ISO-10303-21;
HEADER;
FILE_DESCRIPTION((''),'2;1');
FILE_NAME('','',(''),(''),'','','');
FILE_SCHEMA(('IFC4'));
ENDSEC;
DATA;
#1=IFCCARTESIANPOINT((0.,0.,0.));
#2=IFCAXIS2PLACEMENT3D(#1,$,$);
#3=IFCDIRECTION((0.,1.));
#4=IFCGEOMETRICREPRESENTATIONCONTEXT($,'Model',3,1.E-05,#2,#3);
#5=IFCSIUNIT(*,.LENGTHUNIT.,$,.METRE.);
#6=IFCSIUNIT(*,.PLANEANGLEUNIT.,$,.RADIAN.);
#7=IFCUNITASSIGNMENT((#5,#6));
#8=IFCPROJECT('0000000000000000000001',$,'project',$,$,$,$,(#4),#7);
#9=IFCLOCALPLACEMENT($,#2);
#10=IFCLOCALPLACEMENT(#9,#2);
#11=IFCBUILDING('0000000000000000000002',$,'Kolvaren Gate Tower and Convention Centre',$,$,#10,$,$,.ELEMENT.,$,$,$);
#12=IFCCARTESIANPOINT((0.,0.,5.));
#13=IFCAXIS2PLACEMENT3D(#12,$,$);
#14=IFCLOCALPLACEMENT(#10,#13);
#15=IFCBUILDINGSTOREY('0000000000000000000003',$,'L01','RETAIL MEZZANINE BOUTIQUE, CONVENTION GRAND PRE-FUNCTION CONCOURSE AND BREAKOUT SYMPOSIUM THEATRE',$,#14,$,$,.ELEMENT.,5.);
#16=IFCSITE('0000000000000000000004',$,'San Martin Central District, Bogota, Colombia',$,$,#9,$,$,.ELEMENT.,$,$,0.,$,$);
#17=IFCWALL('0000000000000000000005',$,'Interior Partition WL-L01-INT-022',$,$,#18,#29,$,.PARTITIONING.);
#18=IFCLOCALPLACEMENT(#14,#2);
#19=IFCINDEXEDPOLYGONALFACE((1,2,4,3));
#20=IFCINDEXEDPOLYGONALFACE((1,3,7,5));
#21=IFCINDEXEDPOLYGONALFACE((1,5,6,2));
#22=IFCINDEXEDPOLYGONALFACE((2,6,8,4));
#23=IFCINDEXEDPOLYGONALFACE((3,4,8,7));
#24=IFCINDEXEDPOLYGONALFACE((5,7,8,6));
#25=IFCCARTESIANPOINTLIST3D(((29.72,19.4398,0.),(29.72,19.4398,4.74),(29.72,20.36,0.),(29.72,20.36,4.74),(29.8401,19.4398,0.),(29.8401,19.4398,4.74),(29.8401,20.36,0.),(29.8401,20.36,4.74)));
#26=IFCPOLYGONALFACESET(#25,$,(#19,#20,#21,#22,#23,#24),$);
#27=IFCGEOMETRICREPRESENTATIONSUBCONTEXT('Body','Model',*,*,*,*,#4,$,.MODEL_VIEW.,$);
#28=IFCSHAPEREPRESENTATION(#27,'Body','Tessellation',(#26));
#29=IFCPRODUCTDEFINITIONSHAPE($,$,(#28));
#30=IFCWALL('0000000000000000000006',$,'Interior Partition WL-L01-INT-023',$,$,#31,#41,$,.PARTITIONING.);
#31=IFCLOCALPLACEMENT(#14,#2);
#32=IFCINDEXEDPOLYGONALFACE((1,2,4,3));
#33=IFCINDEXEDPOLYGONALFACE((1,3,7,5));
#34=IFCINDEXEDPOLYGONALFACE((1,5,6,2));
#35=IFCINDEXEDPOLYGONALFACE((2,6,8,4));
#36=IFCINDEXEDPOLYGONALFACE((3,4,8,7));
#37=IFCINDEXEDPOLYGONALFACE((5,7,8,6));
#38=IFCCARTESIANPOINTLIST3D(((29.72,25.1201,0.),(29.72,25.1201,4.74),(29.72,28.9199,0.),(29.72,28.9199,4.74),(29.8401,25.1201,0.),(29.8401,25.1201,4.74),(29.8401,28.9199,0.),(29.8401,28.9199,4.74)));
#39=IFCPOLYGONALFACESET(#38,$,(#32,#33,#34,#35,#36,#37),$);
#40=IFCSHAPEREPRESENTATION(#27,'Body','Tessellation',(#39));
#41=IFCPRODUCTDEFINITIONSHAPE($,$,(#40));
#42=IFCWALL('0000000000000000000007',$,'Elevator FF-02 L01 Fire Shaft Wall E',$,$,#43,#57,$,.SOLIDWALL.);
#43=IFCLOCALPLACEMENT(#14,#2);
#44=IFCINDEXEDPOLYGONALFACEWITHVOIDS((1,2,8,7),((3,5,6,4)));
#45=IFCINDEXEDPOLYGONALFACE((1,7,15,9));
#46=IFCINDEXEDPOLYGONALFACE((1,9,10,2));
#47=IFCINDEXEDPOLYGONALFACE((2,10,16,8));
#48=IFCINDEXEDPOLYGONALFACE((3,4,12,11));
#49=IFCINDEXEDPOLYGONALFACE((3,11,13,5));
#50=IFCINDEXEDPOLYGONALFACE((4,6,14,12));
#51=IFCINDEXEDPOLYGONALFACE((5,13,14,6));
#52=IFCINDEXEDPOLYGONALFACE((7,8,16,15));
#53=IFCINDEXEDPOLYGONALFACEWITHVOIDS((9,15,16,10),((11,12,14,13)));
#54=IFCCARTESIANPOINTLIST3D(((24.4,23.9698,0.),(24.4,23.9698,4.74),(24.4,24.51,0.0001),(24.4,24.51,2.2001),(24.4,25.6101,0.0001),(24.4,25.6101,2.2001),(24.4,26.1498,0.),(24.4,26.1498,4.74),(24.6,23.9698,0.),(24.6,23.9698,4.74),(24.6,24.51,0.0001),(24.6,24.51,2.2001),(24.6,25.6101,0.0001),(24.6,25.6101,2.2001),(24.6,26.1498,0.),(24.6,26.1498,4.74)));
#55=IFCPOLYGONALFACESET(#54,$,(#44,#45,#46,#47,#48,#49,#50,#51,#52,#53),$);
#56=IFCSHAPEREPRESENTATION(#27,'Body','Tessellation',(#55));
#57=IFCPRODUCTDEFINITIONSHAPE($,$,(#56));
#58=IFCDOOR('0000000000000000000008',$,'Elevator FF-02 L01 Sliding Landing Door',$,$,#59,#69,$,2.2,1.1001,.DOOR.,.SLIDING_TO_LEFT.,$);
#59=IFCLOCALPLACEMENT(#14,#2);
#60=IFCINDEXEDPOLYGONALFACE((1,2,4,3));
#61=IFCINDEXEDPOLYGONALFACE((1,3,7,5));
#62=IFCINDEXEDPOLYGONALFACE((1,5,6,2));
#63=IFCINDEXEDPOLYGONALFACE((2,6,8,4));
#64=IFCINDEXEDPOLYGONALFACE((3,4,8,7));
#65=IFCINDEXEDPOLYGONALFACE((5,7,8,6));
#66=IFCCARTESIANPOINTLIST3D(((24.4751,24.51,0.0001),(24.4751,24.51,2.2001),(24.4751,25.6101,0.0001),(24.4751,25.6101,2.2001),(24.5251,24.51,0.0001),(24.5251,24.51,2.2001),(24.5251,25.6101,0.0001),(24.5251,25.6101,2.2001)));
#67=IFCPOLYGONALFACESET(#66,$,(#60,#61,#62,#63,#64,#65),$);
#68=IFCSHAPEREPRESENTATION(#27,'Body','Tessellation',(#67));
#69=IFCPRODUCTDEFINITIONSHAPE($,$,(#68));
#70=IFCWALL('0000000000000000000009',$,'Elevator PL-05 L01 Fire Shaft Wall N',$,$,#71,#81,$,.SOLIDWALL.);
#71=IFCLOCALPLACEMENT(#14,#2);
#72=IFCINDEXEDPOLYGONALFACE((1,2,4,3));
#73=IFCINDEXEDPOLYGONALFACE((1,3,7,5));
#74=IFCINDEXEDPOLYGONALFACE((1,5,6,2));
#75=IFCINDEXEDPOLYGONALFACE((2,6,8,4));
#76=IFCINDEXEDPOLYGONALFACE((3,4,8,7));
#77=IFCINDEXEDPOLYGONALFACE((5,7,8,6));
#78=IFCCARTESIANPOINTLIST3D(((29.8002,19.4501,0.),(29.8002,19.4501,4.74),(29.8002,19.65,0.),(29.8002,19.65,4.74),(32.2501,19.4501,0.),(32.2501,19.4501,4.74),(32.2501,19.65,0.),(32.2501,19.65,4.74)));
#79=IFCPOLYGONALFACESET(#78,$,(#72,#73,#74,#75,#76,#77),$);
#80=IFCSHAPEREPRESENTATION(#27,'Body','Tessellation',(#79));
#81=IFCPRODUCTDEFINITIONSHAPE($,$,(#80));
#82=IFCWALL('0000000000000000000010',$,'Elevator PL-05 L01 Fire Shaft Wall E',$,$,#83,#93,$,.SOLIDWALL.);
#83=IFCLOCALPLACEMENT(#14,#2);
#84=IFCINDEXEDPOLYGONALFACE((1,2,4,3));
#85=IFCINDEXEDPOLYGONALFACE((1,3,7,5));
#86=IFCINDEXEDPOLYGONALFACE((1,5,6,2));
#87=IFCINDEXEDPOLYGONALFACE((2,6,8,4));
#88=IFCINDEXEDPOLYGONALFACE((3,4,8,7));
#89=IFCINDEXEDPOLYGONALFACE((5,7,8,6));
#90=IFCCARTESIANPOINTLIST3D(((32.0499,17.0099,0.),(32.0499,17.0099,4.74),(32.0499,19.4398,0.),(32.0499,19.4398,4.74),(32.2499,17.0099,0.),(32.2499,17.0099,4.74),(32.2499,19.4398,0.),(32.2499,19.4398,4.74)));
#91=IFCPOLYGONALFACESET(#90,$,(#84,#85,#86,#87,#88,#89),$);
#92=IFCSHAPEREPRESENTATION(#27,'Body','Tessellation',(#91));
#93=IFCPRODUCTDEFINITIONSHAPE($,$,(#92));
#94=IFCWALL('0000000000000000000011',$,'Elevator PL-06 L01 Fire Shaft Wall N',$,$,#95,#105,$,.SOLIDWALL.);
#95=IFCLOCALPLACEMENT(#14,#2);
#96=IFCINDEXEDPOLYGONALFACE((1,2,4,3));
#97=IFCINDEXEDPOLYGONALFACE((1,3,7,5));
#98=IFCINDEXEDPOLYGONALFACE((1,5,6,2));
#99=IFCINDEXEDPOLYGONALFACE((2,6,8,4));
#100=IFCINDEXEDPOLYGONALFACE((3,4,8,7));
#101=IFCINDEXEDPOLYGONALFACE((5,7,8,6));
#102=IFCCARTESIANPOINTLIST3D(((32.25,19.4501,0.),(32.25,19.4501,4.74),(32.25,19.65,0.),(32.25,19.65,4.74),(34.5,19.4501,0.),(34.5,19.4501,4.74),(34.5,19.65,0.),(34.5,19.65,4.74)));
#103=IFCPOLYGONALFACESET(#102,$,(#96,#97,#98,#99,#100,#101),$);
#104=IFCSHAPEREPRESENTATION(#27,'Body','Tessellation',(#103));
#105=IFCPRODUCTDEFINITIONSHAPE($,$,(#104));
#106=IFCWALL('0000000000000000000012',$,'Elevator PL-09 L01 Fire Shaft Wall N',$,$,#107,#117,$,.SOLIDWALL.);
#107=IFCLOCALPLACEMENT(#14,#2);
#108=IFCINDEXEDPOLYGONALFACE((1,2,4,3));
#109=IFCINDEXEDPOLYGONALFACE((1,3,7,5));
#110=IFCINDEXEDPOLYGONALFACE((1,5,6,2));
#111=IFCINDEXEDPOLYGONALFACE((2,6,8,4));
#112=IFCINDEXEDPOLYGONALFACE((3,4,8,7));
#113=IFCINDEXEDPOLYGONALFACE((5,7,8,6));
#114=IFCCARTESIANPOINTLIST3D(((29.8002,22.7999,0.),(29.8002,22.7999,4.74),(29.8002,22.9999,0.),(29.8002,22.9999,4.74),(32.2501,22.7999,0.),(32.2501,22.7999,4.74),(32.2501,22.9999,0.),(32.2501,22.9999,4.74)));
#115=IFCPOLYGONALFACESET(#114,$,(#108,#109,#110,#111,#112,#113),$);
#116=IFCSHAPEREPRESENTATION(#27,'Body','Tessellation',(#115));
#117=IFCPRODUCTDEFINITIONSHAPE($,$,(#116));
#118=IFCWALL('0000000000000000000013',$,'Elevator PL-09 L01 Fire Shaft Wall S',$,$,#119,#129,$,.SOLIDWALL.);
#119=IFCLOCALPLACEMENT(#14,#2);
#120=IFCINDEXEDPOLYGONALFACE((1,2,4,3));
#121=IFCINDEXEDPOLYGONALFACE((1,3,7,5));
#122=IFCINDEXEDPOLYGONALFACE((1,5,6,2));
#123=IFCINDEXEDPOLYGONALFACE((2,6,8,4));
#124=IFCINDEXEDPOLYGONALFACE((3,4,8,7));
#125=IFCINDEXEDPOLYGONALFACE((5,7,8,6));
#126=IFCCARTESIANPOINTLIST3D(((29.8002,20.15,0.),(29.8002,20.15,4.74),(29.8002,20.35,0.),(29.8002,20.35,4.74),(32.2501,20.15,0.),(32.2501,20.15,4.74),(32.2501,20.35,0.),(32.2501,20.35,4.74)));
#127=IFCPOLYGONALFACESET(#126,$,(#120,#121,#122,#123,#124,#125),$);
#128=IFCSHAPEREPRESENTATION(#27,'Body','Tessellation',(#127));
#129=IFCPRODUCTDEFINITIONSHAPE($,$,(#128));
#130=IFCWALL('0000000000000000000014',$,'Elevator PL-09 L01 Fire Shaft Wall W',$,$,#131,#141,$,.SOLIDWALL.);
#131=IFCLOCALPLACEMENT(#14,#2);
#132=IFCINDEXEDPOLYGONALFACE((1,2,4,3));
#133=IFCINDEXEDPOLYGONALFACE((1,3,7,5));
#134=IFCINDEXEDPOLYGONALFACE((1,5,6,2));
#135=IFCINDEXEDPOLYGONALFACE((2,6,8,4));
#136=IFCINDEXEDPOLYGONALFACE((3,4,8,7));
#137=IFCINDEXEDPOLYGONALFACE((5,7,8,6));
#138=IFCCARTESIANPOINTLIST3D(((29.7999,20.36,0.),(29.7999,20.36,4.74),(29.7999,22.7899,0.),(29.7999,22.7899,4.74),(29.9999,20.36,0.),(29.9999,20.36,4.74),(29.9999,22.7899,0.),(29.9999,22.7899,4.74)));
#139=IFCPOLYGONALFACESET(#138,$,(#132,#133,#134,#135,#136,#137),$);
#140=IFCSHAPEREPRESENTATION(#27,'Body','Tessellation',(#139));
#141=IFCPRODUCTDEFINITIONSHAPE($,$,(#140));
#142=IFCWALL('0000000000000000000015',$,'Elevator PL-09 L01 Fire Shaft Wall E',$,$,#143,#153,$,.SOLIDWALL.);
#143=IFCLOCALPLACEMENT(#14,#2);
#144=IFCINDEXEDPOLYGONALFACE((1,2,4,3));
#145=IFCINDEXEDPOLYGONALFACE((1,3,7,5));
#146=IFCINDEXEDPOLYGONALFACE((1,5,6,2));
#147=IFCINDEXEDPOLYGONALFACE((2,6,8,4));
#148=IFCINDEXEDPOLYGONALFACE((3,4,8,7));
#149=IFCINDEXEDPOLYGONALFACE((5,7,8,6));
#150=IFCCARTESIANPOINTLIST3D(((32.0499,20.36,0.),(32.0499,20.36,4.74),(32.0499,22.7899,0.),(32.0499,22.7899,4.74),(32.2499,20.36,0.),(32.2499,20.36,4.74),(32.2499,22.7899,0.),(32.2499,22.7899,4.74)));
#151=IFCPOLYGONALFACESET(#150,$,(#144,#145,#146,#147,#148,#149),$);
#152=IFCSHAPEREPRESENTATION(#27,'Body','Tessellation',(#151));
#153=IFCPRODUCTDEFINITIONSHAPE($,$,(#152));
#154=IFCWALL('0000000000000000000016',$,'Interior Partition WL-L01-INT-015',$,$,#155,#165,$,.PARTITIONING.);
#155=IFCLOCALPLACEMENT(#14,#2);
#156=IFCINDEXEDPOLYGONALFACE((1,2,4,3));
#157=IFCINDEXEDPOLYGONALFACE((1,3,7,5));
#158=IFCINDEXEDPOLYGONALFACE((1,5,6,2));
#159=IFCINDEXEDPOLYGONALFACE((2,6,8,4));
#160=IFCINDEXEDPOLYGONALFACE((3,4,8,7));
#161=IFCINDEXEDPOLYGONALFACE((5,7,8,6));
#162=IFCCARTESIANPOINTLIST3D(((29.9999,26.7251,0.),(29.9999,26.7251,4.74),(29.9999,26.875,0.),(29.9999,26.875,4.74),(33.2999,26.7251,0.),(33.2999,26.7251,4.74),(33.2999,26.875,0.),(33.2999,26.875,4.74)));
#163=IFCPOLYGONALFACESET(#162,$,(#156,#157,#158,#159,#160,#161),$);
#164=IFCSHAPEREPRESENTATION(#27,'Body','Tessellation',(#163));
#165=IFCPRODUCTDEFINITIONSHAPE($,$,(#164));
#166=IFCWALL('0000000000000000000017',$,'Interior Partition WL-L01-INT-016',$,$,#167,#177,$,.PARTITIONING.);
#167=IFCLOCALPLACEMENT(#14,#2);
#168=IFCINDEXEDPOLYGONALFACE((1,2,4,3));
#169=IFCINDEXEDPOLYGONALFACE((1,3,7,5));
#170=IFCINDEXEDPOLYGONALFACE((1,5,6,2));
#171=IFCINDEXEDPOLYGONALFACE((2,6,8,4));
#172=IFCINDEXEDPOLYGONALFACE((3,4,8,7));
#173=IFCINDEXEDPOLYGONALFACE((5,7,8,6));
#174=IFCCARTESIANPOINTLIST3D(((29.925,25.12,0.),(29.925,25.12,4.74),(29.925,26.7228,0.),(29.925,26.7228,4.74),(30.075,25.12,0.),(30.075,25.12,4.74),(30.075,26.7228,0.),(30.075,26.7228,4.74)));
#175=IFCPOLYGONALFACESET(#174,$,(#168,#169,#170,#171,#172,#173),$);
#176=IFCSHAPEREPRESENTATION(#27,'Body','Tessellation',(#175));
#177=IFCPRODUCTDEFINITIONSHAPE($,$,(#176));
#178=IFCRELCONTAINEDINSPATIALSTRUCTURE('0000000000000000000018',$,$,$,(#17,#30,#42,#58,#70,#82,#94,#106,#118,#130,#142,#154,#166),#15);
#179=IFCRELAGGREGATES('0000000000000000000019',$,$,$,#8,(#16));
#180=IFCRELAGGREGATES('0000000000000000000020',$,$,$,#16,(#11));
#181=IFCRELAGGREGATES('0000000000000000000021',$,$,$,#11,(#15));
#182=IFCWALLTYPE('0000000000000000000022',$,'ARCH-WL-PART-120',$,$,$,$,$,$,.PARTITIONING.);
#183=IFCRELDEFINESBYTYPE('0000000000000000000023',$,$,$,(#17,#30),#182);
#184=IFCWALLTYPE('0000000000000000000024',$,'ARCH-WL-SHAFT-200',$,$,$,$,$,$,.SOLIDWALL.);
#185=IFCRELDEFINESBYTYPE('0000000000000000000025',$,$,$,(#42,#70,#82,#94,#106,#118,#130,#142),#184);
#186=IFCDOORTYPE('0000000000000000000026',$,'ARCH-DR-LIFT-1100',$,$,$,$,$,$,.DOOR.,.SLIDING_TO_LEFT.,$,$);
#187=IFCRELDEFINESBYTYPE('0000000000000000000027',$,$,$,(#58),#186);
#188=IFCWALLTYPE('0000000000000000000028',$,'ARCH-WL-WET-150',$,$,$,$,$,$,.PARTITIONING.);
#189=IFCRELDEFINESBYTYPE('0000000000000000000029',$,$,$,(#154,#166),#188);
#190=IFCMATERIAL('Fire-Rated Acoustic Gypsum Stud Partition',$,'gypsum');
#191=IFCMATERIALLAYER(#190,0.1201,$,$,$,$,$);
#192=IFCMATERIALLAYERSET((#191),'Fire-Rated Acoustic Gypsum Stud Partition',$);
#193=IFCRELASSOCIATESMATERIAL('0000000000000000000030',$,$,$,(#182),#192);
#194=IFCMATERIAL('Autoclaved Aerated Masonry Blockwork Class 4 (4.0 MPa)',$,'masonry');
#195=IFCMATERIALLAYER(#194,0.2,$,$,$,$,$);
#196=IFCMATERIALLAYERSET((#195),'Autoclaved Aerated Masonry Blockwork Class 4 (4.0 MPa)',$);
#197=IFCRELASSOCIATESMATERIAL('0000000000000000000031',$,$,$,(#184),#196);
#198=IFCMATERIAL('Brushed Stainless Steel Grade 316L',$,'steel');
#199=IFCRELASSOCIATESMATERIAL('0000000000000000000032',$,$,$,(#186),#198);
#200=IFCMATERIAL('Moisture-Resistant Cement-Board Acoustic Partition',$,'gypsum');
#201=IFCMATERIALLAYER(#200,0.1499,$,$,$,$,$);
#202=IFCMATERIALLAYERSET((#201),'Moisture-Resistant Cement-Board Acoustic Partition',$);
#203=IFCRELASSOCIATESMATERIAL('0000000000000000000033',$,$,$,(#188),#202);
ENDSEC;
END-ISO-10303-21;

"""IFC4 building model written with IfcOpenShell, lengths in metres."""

from ifc_helpers import new_model, si_unit, direction, frame, frame_2d, origin, place, context, subcontext, project, spatial, rectangle, extrude, material, layer, layer_set, type_object, element, fill, save


model = new_model("IFC4")

# Units and contexts
model_context = context("Model", 3, precision=1e-05, world=origin(), true_north=direction((0.0, 1.0)))
body_context = subcontext(model_context, "Body", "Model", "MODEL_VIEW")
ifc_project = project(units=[si_unit("LENGTHUNIT", "METRE"), si_unit("PLANEANGLEUNIT", "RADIAN")], contexts=[model_context])

# Site, building, storey
site_placement = place(None, origin())
site = spatial("IfcSite", under=ifc_project, at=site_placement, Name="San Martin Central District, Bogota, Colombia", CompositionType="ELEMENT", RefElevation=0.0)
building_placement = place(site_placement, origin())
building = spatial("IfcBuilding", under=site, at=building_placement, Name="Kolvaren Gate Tower and Convention Centre", CompositionType="ELEMENT")
storey_placement = place(building_placement, frame((0.0, 0.0, 5.0)))
storey = spatial("IfcBuildingStorey", under=building, at=storey_placement, Name="L01", Description="RETAIL MEZZANINE BOUTIQUE, CONVENTION GRAND PRE-FUNCTION CONCOURSE AND BREAKOUT SYMPOSIUM THEATRE", CompositionType="ELEMENT", Elevation=5.0)

# Shared definitions
ifc_material_1 = material(Name="Autoclaved Aerated Masonry Blockwork Class 4 (4.0 MPa)", Category="masonry")

# Walls
ifc_material_2 = material(Name="Fire-Rated Acoustic Gypsum Stud Partition", Category="gypsum")
ifc_layer_1 = layer(ifc_material_2, 0.1201)
ifc_layer_set_1 = layer_set([ifc_layer_1], Name="Fire-Rated Acoustic Gypsum Stud Partition")
wall_type_1 = type_object("IfcWallType", Name="ARCH-WL-PART-120", PredefinedType="PARTITIONING", material=ifc_layer_set_1)
wall_1_placement = place(storey_placement, frame((29.78, 19.4399, 0.0), z_axis=(0.0, 0.0, 1.0), x_axis=(0.0, 1.0, 0.0)))
element("IfcWall", 1, at=wall_1_placement, inside=storey, type_object=wall_type_1, Name="Interior Partition WL-L01-INT-022", PredefinedType="PARTITIONING", context=body_context, shape_type="SweptSolid", body=[
    extrude(rectangle(XDim=0.9202, YDim=0.1201, at=frame_2d((0.46, 0.0))), origin(), (0.0, 0.0, 1.0), 4.74),
])
wall_2_placement = place(storey_placement, frame((29.78, 25.1201, 0.0), z_axis=(0.0, 0.0, 1.0), x_axis=(0.0, 1.0, 0.0)))
element("IfcWall", 2, at=wall_2_placement, inside=storey, type_object=wall_type_1, Name="Interior Partition WL-L01-INT-023", PredefinedType="PARTITIONING", context=body_context, shape_type="SweptSolid", body=[
    extrude(rectangle(XDim=3.7998, YDim=0.1201, at=frame_2d((1.8999, 0.0))), origin(), (0.0, 0.0, 1.0), 4.74),
])

# Wall, opening, door
ifc_layer_2 = layer(ifc_material_1, 0.2)
ifc_layer_set_2 = layer_set([ifc_layer_2], Name="Autoclaved Aerated Masonry Blockwork Class 4 (4.0 MPa)")
wall_type_2 = type_object("IfcWallType", Name="ARCH-WL-SHAFT-200", PredefinedType="SOLIDWALL", material=ifc_layer_set_2)
wall_3_placement = place(storey_placement, frame((24.5, 23.97, 0.0), z_axis=(0.0, 0.0, 1.0), x_axis=(0.0, 1.0, 0.0)))
wall_3 = element("IfcWall", 3, at=wall_3_placement, inside=storey, type_object=wall_type_2, Name="Elevator FF-02 L01 Fire Shaft Wall E", PredefinedType="SOLIDWALL", context=body_context, shape_type="SweptSolid", body=[
    extrude(rectangle(XDim=2.1799, YDim=0.2, at=frame_2d((1.0898, 0.0))), origin(), (0.0, 0.0, 1.0), 4.74),
])
opening_1_placement = place(wall_3_placement, frame((0.54, 0.0, 0.0)))
opening_1 = element("IfcOpeningElement", 4, at=opening_1_placement, cuts=wall_3, PredefinedType="OPENING", context=body_context, shape_type="SweptSolid", body=[
    extrude(rectangle(XDim=1.1001, YDim=2.2, at=frame_2d((0.55, 1.1001))), frame((0.0, 0.1099, 0.0), z_axis=(0.0, -1.0, 0.0), x_axis=(1.0, 0.0, 0.0)), (0.0, 0.0, 1.0), 0.22),
])
ifc_material_3 = material(Name="Brushed Stainless Steel Grade 316L", Category="steel")
door_type_1 = type_object("IfcDoorType", Name="ARCH-DR-LIFT-1100", OperationType="SLIDING_TO_LEFT", PredefinedType="DOOR", material=ifc_material_3)
door_1_placement = place(opening_1_placement, origin())
door_1 = element("IfcDoor", 5, at=door_1_placement, inside=storey, type_object=door_type_1, Name="Elevator FF-02 L01 Sliding Landing Door", OperationType="SLIDING_TO_LEFT", OverallHeight=2.2, OverallWidth=1.1001, PredefinedType="DOOR", context=body_context, shape_type="SweptSolid", body=[
    extrude(rectangle(XDim=1.1001, YDim=2.2, at=frame_2d((0.55, 1.1001))), frame((0.0, 0.0249, 0.0), z_axis=(0.0, -1.0, 0.0), x_axis=(1.0, 0.0, 0.0)), (0.0, 0.0, 1.0), 0.05),
])
fill(opening_1, door_1)

# Walls
wall_4_placement = place(storey_placement, frame((29.8, 19.55, 0.0), z_axis=(0.0, 0.0, 1.0), x_axis=(1.0, 0.0, 0.0)))
element("IfcWall", 6, at=wall_4_placement, inside=storey, type_object=wall_type_2, Name="Elevator PL-05 L01 Fire Shaft Wall N", PredefinedType="SOLIDWALL", context=body_context, shape_type="SweptSolid", body=[
    extrude(rectangle(XDim=2.45, YDim=0.2, at=frame_2d((1.2251, 0.0))), origin(), (0.0, 0.0, 1.0), 4.74),
])
wall_5_placement = place(storey_placement, frame((32.1499, 17.01, 0.0), z_axis=(0.0, 0.0, 1.0), x_axis=(0.0, 1.0, 0.0)))
element("IfcWall", 7, at=wall_5_placement, inside=storey, type_object=wall_type_2, Name="Elevator PL-05 L01 Fire Shaft Wall E", PredefinedType="SOLIDWALL", context=body_context, shape_type="SweptSolid", body=[
    extrude(rectangle(XDim=2.4299, YDim=0.2, at=frame_2d((1.2148, 0.0))), origin(), (0.0, 0.0, 1.0), 4.74),
])
wall_6_placement = place(storey_placement, frame((32.25, 19.55, 0.0), z_axis=(0.0, 0.0, 1.0), x_axis=(1.0, 0.0, 0.0)))
element("IfcWall", 8, at=wall_6_placement, inside=storey, type_object=wall_type_2, Name="Elevator PL-06 L01 Fire Shaft Wall N", PredefinedType="SOLIDWALL", context=body_context, shape_type="SweptSolid", body=[
    extrude(rectangle(XDim=2.25, YDim=0.2, at=frame_2d((1.125, 0.0))), origin(), (0.0, 0.0, 1.0), 4.74),
])
for number, where, z_axis, x_axis, name in (
    (9, (29.8, 22.8999, 0.0), (0.0, 0.0, 1.0), (1.0, 0.0, 0.0), "Elevator PL-09 L01 Fire Shaft Wall N"),
    (10, (29.8, 20.25, 0.0), (0.0, 0.0, 1.0), (1.0, 0.0, 0.0), "Elevator PL-09 L01 Fire Shaft Wall S"),
):
    element("IfcWall", number, at=place(storey_placement, frame(where, z_axis=z_axis, x_axis=x_axis)), inside=storey, type_object=wall_type_2, Name=name, PredefinedType="SOLIDWALL", context=body_context, shape_type="SweptSolid", body=[
        extrude(rectangle(XDim=2.45, YDim=0.2, at=frame_2d((1.2251, 0.0))), origin(), (0.0, 0.0, 1.0), 4.74),
    ])
for number, where, z_axis, x_axis, name in (
    (11, (29.8999, 20.3601, 0.0), (0.0, 0.0, 1.0), (0.0, 1.0, 0.0), "Elevator PL-09 L01 Fire Shaft Wall W"),
    (12, (32.1499, 20.3601, 0.0), (0.0, 0.0, 1.0), (0.0, 1.0, 0.0), "Elevator PL-09 L01 Fire Shaft Wall E"),
):
    element("IfcWall", number, at=place(storey_placement, frame(where, z_axis=z_axis, x_axis=x_axis)), inside=storey, type_object=wall_type_2, Name=name, PredefinedType="SOLIDWALL", context=body_context, shape_type="SweptSolid", body=[
        extrude(rectangle(XDim=2.4299, YDim=0.2, at=frame_2d((1.2148, 0.0))), origin(), (0.0, 0.0, 1.0), 4.74),
    ])
ifc_material_4 = material(Name="Moisture-Resistant Cement-Board Acoustic Partition", Category="gypsum")
ifc_layer_3 = layer(ifc_material_4, 0.1499)
ifc_layer_set_3 = layer_set([ifc_layer_3], Name="Moisture-Resistant Cement-Board Acoustic Partition")
wall_type_3 = type_object("IfcWallType", Name="ARCH-WL-WET-150", PredefinedType="PARTITIONING", material=ifc_layer_set_3)
wall_7_placement = place(storey_placement, frame((30.0, 26.8, 0.0), z_axis=(0.0, 0.0, 1.0), x_axis=(1.0, 0.0, 0.0)))
element("IfcWall", 13, at=wall_7_placement, inside=storey, type_object=wall_type_3, Name="Interior Partition WL-L01-INT-015", PredefinedType="PARTITIONING", context=body_context, shape_type="SweptSolid", body=[
    extrude(rectangle(XDim=3.3, YDim=0.1499, at=frame_2d((1.6499, 0.0))), origin(), (0.0, 0.0, 1.0), 4.74),
])
wall_8_placement = place(storey_placement, frame((30.0, 25.1201, 0.0), z_axis=(0.0, 0.0, 1.0), x_axis=(0.0, 1.0, 0.0)))
element("IfcWall", 14, at=wall_8_placement, inside=storey, type_object=wall_type_3, Name="Interior Partition WL-L01-INT-016", PredefinedType="PARTITIONING", context=body_context, shape_type="SweptSolid", body=[
    extrude(rectangle(XDim=1.6028, YDim=0.1499, at=frame_2d((0.8013, 0.0))), origin(), (0.0, 0.0, 1.0), 4.74),
])

save(model, "model.ifc")
